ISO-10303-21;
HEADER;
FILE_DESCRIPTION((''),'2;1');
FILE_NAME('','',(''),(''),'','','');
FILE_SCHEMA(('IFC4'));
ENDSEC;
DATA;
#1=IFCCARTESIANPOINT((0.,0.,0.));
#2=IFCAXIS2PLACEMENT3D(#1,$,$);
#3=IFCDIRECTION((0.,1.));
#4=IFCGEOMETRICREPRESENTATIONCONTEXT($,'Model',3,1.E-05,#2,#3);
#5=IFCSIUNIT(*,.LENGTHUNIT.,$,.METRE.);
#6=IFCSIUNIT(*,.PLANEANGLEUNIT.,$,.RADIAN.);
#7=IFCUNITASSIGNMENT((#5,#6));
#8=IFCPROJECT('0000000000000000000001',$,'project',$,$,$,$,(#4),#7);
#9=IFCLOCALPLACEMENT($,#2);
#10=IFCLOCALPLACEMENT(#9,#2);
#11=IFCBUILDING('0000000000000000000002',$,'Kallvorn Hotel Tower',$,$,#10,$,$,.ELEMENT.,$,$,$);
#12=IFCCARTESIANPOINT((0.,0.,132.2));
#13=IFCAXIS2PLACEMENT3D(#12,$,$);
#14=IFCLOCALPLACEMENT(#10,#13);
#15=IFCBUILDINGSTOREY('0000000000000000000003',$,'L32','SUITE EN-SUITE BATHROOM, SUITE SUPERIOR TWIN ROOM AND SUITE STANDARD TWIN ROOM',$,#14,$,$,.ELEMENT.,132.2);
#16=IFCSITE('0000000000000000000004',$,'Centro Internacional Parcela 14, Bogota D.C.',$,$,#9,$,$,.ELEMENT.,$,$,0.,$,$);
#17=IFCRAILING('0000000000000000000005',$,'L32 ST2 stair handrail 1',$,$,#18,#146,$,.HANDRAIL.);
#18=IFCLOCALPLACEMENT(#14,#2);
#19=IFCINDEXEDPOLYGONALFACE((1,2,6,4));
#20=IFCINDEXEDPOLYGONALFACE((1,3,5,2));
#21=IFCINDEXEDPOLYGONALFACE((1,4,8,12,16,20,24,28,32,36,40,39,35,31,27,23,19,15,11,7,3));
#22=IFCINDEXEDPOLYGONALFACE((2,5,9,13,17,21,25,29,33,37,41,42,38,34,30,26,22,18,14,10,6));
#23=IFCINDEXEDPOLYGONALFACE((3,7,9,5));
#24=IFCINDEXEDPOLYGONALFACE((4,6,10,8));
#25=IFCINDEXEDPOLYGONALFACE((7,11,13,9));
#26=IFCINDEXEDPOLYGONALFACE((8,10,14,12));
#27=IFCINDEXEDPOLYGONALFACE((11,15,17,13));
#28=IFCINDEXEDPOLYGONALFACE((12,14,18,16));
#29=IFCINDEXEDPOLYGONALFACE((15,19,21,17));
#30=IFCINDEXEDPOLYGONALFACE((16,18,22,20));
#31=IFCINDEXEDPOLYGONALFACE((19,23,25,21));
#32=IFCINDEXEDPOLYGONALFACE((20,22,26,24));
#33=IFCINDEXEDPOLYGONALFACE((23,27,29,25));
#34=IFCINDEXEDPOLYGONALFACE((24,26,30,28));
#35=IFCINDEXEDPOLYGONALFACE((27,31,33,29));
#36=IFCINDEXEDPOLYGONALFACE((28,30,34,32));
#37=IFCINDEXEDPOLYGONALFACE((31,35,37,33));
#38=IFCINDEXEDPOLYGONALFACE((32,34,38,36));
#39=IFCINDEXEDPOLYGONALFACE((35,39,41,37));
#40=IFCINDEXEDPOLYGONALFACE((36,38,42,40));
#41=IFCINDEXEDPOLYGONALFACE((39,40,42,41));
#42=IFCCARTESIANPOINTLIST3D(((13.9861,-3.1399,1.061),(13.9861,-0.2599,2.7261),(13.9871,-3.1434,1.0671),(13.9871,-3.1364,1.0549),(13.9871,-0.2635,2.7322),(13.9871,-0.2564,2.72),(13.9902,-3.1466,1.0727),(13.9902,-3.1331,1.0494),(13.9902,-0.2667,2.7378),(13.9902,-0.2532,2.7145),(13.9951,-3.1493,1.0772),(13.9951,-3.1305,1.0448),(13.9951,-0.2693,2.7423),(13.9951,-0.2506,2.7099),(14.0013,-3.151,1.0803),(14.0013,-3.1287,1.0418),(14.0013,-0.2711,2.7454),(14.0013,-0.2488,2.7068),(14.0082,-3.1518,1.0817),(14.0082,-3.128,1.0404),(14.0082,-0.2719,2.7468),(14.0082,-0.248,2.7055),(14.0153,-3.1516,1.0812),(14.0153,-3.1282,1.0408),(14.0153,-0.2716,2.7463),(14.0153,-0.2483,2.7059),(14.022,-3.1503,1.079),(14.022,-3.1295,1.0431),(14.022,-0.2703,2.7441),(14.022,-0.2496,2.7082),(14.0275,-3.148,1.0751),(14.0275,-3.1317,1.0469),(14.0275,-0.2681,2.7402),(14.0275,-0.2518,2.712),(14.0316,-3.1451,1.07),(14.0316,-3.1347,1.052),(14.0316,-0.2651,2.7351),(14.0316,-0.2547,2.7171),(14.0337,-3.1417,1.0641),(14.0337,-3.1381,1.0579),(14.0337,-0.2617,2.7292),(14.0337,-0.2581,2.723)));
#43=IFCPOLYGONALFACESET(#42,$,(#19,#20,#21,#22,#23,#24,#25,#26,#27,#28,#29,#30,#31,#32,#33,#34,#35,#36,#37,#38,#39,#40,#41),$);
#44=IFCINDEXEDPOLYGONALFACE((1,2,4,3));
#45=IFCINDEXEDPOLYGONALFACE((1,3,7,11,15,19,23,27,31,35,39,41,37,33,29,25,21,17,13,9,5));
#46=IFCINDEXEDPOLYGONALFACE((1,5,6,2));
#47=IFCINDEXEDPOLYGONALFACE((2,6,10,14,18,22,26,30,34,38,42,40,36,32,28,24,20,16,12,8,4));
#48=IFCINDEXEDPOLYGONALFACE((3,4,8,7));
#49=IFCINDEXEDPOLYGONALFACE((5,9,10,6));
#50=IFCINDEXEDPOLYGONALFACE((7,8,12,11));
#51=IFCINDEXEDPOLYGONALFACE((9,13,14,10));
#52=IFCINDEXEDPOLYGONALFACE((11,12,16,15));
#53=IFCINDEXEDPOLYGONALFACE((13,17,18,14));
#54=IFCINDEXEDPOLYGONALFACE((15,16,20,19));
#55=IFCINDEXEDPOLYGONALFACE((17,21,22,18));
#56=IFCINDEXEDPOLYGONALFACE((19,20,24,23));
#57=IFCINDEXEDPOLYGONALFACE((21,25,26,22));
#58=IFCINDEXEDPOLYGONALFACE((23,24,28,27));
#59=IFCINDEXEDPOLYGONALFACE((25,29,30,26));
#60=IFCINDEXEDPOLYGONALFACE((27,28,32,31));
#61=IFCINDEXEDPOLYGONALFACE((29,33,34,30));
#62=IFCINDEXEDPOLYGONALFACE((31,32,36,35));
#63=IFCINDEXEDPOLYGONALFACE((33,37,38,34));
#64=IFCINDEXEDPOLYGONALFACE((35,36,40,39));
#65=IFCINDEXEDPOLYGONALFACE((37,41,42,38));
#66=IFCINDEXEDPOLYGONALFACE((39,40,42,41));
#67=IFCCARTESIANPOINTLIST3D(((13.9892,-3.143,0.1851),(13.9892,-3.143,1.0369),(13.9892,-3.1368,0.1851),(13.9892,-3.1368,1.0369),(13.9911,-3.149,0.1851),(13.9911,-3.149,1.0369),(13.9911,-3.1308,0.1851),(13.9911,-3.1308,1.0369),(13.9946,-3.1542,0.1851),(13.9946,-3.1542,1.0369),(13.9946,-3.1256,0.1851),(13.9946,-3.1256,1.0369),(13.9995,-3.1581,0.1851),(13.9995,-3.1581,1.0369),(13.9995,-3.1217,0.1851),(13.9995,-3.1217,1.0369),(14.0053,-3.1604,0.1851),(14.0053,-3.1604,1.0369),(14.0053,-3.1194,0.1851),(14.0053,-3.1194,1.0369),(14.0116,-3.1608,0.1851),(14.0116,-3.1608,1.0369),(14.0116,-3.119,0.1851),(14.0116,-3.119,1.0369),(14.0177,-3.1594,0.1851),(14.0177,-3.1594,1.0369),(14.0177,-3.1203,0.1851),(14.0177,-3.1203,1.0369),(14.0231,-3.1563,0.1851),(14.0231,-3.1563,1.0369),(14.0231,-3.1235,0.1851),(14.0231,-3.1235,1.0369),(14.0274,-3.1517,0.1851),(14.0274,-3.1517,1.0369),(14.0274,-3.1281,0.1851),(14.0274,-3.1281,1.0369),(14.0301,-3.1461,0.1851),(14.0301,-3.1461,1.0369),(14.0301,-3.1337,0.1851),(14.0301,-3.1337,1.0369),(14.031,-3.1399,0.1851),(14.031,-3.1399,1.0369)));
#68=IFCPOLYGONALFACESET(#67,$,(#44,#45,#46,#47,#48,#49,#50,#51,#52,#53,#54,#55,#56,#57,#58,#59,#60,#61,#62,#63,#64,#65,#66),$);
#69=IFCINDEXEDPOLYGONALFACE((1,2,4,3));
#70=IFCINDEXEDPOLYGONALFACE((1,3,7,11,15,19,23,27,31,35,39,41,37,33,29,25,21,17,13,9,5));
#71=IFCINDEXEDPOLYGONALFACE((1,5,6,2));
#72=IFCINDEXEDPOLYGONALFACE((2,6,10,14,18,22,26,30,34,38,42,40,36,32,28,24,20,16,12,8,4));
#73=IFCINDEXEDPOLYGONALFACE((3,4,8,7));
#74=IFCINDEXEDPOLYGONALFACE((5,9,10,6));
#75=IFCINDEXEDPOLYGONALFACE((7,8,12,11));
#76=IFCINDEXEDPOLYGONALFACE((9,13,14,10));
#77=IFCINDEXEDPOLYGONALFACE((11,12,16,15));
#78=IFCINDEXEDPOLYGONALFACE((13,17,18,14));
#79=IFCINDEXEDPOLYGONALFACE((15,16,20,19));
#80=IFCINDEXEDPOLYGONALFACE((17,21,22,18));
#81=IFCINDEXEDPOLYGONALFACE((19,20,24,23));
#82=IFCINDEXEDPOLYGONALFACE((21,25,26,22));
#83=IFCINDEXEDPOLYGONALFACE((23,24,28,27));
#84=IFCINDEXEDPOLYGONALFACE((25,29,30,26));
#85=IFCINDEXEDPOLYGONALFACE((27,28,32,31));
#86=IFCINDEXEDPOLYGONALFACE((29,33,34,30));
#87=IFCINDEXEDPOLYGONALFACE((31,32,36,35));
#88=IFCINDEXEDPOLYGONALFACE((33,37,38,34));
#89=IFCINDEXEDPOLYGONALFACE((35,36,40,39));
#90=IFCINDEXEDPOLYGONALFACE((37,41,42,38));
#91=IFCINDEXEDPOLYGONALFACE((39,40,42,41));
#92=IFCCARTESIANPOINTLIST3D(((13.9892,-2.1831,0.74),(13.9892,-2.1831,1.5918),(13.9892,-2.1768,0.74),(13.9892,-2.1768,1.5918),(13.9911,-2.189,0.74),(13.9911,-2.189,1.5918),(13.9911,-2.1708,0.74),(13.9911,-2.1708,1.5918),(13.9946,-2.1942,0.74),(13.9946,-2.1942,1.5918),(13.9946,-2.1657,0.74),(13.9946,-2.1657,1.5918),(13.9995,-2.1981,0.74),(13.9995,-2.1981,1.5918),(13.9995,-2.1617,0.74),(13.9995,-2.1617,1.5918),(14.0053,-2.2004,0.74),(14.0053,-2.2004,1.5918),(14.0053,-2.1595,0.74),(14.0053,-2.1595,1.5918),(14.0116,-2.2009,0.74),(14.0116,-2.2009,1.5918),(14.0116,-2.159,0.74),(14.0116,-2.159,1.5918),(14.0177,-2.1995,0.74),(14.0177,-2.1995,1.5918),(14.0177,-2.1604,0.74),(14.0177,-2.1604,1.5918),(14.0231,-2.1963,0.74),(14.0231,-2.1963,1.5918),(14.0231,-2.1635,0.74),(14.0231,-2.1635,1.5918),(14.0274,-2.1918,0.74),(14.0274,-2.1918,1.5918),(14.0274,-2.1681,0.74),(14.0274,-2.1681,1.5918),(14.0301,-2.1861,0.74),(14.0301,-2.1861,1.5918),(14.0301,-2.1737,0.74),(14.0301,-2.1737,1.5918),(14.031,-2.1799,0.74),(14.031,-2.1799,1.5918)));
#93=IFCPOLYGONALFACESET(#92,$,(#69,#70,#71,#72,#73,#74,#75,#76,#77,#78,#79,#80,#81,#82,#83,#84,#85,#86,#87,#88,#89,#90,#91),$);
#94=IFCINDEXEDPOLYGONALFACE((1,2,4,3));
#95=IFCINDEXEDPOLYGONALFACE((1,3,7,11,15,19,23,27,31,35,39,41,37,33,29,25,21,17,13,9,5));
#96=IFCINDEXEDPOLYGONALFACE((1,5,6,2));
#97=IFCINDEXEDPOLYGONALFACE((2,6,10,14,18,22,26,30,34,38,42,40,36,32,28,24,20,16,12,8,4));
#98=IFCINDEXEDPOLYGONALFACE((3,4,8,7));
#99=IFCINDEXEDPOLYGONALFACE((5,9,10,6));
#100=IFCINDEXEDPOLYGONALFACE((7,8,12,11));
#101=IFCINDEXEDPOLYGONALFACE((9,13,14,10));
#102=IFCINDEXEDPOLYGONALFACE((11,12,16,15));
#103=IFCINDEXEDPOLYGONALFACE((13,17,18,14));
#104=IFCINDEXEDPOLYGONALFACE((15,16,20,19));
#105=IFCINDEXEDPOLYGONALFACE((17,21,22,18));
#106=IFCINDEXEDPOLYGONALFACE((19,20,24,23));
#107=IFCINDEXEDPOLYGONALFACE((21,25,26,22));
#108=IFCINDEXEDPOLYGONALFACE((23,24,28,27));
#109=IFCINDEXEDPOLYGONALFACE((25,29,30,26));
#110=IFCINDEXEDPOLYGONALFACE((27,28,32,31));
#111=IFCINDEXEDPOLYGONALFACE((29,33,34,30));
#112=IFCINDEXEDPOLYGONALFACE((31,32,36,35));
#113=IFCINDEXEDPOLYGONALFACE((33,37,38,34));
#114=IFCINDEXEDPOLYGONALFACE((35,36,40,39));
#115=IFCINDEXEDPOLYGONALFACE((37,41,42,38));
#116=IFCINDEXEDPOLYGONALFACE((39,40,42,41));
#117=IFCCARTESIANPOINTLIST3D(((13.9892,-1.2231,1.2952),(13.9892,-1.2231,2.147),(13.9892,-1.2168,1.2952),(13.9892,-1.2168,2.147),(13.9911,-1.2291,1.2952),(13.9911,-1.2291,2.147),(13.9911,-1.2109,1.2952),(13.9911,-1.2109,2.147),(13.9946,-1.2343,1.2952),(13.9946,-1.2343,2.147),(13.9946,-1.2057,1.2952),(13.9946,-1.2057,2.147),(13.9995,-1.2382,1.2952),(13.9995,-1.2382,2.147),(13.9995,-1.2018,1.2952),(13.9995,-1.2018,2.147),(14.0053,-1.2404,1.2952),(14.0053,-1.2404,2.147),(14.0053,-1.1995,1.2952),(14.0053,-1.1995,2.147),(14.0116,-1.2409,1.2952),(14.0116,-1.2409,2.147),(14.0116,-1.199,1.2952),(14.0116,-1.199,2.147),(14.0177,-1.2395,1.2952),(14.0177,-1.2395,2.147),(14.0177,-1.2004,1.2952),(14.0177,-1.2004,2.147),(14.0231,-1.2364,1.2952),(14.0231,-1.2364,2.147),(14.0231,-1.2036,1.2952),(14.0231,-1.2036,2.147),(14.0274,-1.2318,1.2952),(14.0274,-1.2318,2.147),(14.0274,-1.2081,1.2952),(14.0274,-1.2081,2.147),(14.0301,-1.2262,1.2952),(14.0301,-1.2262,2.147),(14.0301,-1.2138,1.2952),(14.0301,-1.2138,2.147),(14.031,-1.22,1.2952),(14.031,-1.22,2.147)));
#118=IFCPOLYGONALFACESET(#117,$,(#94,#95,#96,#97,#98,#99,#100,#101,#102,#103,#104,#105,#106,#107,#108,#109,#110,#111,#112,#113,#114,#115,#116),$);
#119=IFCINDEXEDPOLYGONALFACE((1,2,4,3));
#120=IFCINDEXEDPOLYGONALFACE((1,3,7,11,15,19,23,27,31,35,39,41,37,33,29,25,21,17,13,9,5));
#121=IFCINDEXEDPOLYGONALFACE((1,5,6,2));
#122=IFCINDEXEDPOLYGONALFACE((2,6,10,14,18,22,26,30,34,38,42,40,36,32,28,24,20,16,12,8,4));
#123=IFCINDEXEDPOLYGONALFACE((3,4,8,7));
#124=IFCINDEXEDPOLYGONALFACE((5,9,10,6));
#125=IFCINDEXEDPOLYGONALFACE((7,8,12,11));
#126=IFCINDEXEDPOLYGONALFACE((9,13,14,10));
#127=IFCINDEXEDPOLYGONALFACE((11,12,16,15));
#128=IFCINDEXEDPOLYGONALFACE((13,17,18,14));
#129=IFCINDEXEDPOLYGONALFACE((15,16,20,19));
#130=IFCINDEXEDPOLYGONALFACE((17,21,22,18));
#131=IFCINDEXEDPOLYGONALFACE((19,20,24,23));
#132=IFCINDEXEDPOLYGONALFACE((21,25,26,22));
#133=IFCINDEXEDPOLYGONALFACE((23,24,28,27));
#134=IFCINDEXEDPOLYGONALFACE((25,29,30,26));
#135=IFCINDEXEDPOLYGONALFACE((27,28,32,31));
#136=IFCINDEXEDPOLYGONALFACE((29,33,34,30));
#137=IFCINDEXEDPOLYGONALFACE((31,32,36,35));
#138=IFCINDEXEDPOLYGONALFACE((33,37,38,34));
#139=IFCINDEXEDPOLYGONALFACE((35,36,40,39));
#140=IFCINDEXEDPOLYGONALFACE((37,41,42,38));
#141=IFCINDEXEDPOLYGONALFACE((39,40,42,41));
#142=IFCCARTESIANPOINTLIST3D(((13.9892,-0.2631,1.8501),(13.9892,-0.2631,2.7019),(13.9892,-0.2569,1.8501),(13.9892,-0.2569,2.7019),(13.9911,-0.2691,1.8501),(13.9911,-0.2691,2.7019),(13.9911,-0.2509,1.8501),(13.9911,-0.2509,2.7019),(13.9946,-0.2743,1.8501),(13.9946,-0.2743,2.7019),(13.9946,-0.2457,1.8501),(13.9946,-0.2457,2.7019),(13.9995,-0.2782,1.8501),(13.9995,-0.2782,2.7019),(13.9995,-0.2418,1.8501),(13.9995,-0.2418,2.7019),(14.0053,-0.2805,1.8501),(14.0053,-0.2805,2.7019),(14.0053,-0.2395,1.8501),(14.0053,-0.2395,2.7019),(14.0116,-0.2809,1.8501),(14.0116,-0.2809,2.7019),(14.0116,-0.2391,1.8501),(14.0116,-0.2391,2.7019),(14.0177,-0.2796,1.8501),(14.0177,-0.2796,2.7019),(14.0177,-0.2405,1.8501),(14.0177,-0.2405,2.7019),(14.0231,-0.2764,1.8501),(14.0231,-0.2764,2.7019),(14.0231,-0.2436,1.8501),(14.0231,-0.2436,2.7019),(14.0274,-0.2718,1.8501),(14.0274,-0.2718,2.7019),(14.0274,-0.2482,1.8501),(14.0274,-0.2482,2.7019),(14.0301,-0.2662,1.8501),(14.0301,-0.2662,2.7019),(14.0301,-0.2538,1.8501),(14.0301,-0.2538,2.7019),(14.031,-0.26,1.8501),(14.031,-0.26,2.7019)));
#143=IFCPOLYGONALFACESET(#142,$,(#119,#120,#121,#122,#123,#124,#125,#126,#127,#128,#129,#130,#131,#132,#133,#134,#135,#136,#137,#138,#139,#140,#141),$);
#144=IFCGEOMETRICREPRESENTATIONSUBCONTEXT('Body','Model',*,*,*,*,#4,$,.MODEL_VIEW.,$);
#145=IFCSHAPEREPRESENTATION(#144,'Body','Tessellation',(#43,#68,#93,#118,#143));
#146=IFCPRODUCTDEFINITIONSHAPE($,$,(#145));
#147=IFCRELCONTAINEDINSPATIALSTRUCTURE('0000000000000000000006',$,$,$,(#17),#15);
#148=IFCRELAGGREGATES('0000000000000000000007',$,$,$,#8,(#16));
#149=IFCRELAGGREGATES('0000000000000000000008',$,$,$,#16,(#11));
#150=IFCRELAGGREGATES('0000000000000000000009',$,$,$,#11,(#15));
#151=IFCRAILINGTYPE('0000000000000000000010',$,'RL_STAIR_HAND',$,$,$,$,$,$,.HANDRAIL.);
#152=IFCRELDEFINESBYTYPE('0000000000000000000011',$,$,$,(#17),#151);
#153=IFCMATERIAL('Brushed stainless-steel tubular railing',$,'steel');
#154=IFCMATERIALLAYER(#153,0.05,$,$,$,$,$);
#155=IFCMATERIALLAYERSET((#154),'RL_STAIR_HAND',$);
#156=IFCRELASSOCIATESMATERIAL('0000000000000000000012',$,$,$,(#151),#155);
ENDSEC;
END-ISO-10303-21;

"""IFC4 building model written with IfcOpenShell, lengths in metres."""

from ifc_helpers import new_model, si_unit, direction, frame, origin, origin_2d, place, context, subcontext, project, spatial, circle, extrude, material, layer, layer_set, type_object, element, save


model = new_model("IFC4")

# Units and contexts
model_context = context("Model", 3, precision=1e-05, world=origin(), true_north=direction((0.0, 1.0)))
body_context = subcontext(model_context, "Body", "Model", "MODEL_VIEW")
ifc_project = project(units=[si_unit("LENGTHUNIT", "METRE"), si_unit("PLANEANGLEUNIT", "RADIAN")], contexts=[model_context])

# Site, building, storey
site_placement = place(None, origin())
site = spatial("IfcSite", under=ifc_project, at=site_placement, Name="Centro Internacional Parcela 14, Bogota D.C.", CompositionType="ELEMENT", RefElevation=0.0)
building_placement = place(site_placement, origin())
building = spatial("IfcBuilding", under=site, at=building_placement, Name="Kallvorn Hotel Tower", CompositionType="ELEMENT")
storey_placement = place(building_placement, frame((0.0, 0.0, 132.2)))
storey = spatial("IfcBuildingStorey", under=building, at=storey_placement, Name="L32", Description="SUITE EN-SUITE BATHROOM, SUITE SUPERIOR TWIN ROOM AND SUITE STANDARD TWIN ROOM", CompositionType="ELEMENT", Elevation=132.2)

# Railing
ifc_material_1 = material(Name="Brushed stainless-steel tubular railing", Category="steel")
ifc_layer_1 = layer(ifc_material_1, 0.05)
ifc_layer_set_1 = layer_set([ifc_layer_1], Name="RL_STAIR_HAND")
railing_type_1 = type_object("IfcRailingType", Name="RL_STAIR_HAND", PredefinedType="HANDRAIL", material=ifc_layer_set_1)
railing_1_placement = place(storey_placement, frame((14.01, -3.1399, 0.1851)))
element("IfcRailing", 1, at=railing_1_placement, inside=storey, type_object=railing_type_1, Name="L32 ST2 stair handrail 1", PredefinedType="HANDRAIL", context=body_context, shape_type="SweptSolid", body=[
    extrude(circle(Radius=0.0239, at=origin_2d()), frame((0.0, 0.0, 0.876), z_axis=(0.0, 0.865721, 0.500527), x_axis=(-1.0, 0.0, 0.0)), (0.0, 0.0, 1.0), 3.3267),
    extrude(circle(Radius=0.021, at=origin_2d()), origin(), (0.0, 0.0, 1.0), 0.8518),
    extrude(circle(Radius=0.021, at=origin_2d()), frame((0.0, 0.96, 0.5549)), (0.0, 0.0, 1.0), 0.8518),
    extrude(circle(Radius=0.021, at=origin_2d()), frame((0.0, 1.9199, 1.1101)), (0.0, 0.0, 1.0), 0.8518),
    extrude(circle(Radius=0.021, at=origin_2d()), frame((0.0, 2.8799, 1.665)), (0.0, 0.0, 1.0), 0.8518),
])

save(model, "model.ifc")
